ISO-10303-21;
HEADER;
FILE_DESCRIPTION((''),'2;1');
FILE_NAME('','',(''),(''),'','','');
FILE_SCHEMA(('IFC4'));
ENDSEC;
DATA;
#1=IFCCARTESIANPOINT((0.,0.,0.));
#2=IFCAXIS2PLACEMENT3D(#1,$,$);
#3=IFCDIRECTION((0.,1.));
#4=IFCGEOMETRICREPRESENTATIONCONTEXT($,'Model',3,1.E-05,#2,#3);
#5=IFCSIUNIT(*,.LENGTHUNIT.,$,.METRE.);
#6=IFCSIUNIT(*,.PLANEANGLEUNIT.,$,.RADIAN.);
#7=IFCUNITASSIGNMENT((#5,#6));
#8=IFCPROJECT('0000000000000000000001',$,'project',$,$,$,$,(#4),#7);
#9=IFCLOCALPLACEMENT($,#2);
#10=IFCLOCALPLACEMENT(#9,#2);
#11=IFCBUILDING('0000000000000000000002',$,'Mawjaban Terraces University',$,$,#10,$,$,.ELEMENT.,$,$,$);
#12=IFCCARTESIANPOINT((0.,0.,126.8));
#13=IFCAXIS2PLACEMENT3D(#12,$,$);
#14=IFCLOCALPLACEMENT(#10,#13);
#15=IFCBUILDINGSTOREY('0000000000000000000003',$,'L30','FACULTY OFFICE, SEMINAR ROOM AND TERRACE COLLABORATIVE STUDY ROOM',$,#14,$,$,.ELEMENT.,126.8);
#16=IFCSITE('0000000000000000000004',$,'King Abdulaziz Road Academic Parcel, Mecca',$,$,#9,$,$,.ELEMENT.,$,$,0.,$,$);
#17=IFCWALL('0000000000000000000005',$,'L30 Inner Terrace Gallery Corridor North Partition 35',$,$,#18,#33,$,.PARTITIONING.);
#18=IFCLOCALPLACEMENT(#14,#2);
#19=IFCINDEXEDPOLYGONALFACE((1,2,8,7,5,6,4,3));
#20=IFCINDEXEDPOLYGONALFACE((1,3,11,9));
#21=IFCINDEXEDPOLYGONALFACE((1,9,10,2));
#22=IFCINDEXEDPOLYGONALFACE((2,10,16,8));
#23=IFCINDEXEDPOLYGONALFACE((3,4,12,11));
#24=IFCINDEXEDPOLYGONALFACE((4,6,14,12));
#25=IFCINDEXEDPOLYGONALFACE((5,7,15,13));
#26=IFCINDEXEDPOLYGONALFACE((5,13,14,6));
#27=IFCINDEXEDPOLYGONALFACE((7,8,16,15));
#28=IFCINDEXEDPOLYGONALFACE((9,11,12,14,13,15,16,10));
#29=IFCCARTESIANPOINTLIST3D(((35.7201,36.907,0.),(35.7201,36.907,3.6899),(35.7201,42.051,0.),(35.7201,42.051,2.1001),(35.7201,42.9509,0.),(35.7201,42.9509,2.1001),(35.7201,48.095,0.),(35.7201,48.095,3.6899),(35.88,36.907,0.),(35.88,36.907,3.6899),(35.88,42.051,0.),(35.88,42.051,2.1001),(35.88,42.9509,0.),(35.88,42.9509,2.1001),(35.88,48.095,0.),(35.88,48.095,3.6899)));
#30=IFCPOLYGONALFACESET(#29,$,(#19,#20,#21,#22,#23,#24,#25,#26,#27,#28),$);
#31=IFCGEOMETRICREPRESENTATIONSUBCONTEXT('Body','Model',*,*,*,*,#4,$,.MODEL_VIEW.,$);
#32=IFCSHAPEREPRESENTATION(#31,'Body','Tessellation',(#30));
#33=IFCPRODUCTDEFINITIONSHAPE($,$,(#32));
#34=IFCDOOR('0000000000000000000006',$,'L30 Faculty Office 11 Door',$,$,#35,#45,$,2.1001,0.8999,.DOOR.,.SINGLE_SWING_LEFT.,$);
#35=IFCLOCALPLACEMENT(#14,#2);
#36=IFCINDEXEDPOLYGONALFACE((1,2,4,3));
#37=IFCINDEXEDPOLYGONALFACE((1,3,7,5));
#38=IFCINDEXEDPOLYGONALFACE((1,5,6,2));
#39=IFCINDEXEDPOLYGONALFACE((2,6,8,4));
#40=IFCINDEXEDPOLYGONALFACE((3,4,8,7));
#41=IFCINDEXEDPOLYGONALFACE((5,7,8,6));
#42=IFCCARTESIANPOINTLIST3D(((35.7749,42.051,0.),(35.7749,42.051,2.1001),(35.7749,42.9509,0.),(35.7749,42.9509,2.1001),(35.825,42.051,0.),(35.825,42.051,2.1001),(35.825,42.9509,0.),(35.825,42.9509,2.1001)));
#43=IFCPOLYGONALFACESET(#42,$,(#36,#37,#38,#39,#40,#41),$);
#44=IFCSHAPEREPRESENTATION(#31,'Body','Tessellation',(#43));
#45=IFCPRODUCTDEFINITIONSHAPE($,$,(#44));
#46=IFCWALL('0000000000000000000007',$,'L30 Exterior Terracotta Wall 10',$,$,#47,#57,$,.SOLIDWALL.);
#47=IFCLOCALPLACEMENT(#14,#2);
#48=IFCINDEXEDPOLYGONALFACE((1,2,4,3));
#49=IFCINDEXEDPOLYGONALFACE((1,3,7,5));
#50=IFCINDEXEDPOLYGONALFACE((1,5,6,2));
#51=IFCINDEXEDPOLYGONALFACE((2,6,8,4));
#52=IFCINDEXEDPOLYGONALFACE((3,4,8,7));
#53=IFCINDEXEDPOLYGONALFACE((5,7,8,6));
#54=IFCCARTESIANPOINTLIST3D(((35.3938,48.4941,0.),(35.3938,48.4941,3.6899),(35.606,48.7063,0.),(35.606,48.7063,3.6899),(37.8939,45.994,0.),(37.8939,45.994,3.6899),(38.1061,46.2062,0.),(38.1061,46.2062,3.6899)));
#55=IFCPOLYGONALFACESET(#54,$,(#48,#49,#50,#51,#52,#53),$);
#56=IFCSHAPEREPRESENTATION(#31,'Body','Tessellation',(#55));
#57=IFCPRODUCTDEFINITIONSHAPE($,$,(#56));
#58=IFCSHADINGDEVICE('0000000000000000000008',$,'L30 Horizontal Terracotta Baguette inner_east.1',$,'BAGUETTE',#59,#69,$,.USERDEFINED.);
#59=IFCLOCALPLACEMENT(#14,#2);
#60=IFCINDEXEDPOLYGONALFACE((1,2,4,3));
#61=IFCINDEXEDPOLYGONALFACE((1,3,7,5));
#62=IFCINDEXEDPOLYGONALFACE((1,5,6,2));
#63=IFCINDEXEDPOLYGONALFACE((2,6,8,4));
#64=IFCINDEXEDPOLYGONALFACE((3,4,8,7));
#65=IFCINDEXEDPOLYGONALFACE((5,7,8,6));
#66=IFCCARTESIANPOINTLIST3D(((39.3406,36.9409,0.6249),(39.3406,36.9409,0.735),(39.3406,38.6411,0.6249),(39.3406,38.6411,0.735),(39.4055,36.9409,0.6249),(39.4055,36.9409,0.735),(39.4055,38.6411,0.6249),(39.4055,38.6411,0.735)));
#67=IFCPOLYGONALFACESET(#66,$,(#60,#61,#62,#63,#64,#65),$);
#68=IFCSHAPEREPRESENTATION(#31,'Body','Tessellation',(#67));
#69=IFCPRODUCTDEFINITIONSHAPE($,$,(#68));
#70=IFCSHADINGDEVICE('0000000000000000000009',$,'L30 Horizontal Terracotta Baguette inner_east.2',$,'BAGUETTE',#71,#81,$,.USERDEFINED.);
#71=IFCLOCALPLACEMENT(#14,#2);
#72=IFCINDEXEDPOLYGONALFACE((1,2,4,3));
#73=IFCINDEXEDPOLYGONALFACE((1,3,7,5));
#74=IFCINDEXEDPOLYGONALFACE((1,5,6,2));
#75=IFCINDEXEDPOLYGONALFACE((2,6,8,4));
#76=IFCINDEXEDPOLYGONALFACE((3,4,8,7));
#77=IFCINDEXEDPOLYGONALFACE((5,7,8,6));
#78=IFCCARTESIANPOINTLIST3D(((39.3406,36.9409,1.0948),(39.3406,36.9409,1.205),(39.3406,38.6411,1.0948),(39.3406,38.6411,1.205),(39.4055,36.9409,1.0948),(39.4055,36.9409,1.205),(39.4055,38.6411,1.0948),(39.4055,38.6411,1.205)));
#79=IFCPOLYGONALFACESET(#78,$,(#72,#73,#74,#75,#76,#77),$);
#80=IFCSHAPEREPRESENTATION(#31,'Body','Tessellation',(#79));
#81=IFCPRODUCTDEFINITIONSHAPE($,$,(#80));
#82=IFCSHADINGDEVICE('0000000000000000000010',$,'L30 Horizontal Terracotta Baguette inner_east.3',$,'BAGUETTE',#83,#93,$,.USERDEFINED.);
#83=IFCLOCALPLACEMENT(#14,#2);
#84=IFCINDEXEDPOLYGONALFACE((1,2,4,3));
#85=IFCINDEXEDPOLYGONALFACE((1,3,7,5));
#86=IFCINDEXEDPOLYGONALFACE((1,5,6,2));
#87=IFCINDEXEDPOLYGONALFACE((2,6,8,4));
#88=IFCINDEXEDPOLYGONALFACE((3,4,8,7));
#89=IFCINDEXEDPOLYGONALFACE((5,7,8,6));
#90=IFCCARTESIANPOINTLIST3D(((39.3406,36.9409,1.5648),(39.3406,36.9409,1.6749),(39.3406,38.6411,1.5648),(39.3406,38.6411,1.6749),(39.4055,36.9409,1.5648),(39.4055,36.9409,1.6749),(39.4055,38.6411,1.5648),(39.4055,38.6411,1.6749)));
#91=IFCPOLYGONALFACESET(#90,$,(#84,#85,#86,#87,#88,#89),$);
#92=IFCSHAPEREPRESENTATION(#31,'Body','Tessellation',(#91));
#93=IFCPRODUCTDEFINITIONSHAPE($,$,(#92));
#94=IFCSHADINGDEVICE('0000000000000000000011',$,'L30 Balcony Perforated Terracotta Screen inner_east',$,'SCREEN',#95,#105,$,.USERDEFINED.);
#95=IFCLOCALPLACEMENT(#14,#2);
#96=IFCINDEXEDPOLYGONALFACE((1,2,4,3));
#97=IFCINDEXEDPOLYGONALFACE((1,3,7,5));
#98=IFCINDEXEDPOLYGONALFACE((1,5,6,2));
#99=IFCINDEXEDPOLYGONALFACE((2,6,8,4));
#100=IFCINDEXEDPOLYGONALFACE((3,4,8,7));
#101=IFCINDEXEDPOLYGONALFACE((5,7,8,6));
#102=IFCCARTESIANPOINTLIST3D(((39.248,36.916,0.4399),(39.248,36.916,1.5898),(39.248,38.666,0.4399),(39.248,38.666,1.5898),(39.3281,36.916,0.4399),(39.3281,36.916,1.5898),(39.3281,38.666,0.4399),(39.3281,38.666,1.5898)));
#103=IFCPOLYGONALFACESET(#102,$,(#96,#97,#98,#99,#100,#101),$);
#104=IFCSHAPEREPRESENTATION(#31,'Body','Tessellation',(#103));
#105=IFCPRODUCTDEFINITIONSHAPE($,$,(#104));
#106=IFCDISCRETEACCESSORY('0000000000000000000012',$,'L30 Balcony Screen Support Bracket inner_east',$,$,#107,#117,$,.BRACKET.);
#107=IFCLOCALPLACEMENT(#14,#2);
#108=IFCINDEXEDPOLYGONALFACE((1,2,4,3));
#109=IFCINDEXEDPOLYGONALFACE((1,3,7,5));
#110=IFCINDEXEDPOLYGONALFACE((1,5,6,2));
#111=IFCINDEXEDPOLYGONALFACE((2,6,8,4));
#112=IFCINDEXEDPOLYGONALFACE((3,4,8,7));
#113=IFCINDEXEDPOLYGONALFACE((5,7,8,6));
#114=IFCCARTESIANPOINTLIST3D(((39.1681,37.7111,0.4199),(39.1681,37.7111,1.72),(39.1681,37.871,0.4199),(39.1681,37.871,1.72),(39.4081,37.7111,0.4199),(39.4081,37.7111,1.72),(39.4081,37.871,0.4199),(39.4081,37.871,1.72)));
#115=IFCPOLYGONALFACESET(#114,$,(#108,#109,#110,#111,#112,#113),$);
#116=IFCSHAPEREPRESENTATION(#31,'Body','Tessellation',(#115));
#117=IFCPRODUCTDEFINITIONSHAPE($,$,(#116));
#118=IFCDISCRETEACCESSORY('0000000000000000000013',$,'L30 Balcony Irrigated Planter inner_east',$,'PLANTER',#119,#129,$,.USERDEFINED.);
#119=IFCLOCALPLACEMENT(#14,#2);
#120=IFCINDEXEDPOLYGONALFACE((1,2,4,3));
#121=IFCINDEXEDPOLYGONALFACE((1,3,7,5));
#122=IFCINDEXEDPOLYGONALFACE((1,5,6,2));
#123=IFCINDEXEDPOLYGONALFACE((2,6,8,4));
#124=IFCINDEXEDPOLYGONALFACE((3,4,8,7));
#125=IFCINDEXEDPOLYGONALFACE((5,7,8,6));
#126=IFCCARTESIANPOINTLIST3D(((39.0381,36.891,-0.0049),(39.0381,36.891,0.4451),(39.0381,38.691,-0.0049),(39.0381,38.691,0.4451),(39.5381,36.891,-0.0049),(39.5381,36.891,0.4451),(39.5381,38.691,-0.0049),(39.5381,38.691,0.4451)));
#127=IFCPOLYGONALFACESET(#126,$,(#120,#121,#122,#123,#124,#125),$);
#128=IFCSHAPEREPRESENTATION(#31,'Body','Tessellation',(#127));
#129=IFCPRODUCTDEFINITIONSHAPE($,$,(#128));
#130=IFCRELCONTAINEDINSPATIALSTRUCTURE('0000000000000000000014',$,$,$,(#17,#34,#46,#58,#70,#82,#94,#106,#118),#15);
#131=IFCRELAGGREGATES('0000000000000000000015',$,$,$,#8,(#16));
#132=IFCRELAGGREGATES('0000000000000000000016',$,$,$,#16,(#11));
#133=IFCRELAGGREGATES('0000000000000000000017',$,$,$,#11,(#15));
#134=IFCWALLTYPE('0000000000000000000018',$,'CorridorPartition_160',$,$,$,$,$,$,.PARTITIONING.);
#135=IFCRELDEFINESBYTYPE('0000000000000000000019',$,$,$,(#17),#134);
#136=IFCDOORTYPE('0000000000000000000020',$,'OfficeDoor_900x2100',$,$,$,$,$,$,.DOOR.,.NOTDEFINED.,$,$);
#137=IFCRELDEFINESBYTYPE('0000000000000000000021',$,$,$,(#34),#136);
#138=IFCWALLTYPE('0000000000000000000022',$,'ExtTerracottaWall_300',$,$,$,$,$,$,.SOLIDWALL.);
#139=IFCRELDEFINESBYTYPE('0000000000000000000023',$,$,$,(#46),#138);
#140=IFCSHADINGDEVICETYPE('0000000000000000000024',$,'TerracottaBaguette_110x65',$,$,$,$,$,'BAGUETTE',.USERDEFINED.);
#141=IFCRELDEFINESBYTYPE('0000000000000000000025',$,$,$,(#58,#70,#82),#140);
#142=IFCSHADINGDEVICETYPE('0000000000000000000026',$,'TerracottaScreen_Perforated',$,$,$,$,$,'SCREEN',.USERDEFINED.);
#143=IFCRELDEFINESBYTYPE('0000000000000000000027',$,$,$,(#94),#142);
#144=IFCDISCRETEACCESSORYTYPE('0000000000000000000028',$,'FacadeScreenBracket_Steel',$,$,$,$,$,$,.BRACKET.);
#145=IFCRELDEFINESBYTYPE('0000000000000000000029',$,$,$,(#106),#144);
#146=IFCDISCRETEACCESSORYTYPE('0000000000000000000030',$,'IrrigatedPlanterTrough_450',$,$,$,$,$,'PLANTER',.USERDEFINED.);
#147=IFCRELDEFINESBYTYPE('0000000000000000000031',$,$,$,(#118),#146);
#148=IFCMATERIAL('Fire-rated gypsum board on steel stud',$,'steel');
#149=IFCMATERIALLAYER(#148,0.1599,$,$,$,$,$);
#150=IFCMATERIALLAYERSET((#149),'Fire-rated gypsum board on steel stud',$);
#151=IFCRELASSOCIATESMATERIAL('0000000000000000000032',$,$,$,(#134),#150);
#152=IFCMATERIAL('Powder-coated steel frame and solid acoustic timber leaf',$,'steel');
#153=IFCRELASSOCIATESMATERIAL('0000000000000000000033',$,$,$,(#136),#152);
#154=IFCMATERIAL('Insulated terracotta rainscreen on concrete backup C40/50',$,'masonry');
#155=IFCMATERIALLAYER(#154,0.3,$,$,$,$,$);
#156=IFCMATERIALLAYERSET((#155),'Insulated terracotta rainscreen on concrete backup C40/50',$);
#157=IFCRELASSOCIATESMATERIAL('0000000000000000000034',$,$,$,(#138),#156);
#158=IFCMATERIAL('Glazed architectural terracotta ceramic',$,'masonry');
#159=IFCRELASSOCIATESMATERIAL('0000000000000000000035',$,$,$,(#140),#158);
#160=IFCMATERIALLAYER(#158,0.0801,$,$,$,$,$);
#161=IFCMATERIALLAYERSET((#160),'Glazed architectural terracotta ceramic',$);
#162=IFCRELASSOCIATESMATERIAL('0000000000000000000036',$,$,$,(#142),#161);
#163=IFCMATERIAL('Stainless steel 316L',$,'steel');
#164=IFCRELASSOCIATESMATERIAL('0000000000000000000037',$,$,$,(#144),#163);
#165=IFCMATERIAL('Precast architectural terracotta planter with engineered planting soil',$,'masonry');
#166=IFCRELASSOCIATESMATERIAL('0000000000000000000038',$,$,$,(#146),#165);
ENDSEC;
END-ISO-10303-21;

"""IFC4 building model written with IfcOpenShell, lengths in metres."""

from ifc_helpers import new_model, si_unit, direction, frame, frame_2d, origin, origin_2d, place, context, subcontext, project, spatial, rectangle, extrude, material, layer, layer_set, material_profile, profile_set, type_object, element, fill, save


model = new_model("IFC4")

# Units and contexts
model_context = context("Model", 3, precision=1e-05, world=origin(), true_north=direction((0.0, 1.0)))
body_context = subcontext(model_context, "Body", "Model", "MODEL_VIEW")
ifc_project = project(units=[si_unit("LENGTHUNIT", "METRE"), si_unit("PLANEANGLEUNIT", "RADIAN")], contexts=[model_context])

# Site, building, storey
site_placement = place(None, origin())
site = spatial("IfcSite", under=ifc_project, at=site_placement, Name="King Abdulaziz Road Academic Parcel, Mecca", CompositionType="ELEMENT", RefElevation=0.0)
building_placement = place(site_placement, origin())
building = spatial("IfcBuilding", under=site, at=building_placement, Name="Mawjaban Terraces University", CompositionType="ELEMENT")
storey_placement = place(building_placement, frame((0.0, 0.0, 126.8)))
storey = spatial("IfcBuildingStorey", under=building, at=storey_placement, Name="L30", Description="FACULTY OFFICE, SEMINAR ROOM AND TERRACE COLLABORATIVE STUDY ROOM", CompositionType="ELEMENT", Elevation=126.8)

# Wall, opening, door
ifc_material_1 = material(Name="Fire-rated gypsum board on steel stud", Category="steel")
ifc_layer_1 = layer(ifc_material_1, 0.1599)
ifc_layer_set_1 = layer_set([ifc_layer_1], Name="Fire-rated gypsum board on steel stud")
wall_type_1 = type_object("IfcWallType", Name="CorridorPartition_160", PredefinedType="PARTITIONING", material=ifc_layer_set_1)
wall_1_placement = place(storey_placement, frame((35.8, 48.095, 0.0), z_axis=(0.0, 0.0, 1.0), x_axis=(0.0, -1.0, 0.0)))
wall_1 = element("IfcWall", 1, at=wall_1_placement, inside=storey, type_object=wall_type_1, Name="L30 Inner Terrace Gallery Corridor North Partition 35", PredefinedType="PARTITIONING", context=body_context, shape_type="SweptSolid", body=[
    extrude(rectangle(XDim=11.188, YDim=0.1599, at=frame_2d((5.594, 0.0))), origin(), (0.0, 0.0, 1.0), 3.6899),
])
opening_placement = place(wall_1_placement, frame((5.144, 0.0, 0.0)))
opening = element("IfcOpeningElement", 2, at=opening_placement, cuts=wall_1, PredefinedType="OPENING", context=body_context, shape_type="SweptSolid", body=[
    extrude(rectangle(XDim=0.8999, YDim=2.1001, at=frame_2d((0.45, 1.05))), frame((0.0, 0.0898, 0.0), z_axis=(0.0, -1.0, 0.0), x_axis=(1.0, 0.0, 0.0)), (0.0, 0.0, 1.0), 0.1799),
])
ifc_material_2 = material(Name="Powder-coated steel frame and solid acoustic timber leaf", Category="steel")
door_type = type_object("IfcDoorType", Name="OfficeDoor_900x2100", OperationType="NOTDEFINED", PredefinedType="DOOR", material=ifc_material_2)
door_placement = place(opening_placement, origin())
door = element("IfcDoor", 3, at=door_placement, inside=storey, type_object=door_type, Name="L30 Faculty Office 11 Door", OperationType="SINGLE_SWING_LEFT", OverallHeight=2.1001, OverallWidth=0.8999, PredefinedType="DOOR", context=body_context, shape_type="SweptSolid", body=[
    extrude(rectangle(XDim=0.8999, YDim=2.1001, at=frame_2d((0.45, 1.05))), frame((0.0, 0.0249, 0.0), z_axis=(0.0, -1.0, 0.0), x_axis=(1.0, 0.0, 0.0)), (0.0, 0.0, 1.0), 0.05),
])
fill(opening, door)

# Wall
ifc_material_3 = material(Name="Insulated terracotta rainscreen on concrete backup C40/50", Category="masonry")
ifc_layer_2 = layer(ifc_material_3, 0.3)
ifc_layer_set_2 = layer_set([ifc_layer_2], Name="Insulated terracotta rainscreen on concrete backup C40/50")
wall_type_2 = type_object("IfcWallType", Name="ExtTerracottaWall_300", PredefinedType="SOLIDWALL", material=ifc_layer_set_2)
wall_2_placement = place(storey_placement, frame((38.0, 46.1001, 0.0), z_axis=(0.0, 0.0, 1.0), x_axis=(-0.707107, 0.707107, 0.0)))
element("IfcWall", 4, at=wall_2_placement, inside=storey, type_object=wall_type_2, Name="L30 Exterior Terracotta Wall 10", PredefinedType="SOLIDWALL", context=body_context, shape_type="SweptSolid", body=[
    extrude(rectangle(XDim=3.5356, YDim=0.3, at=frame_2d((1.7678, 0.0))), origin(), (0.0, 0.0, 1.0), 3.6899),
])

# Shading devices
ifc_material_4 = material(Name="Glazed architectural terracotta ceramic", Category="masonry")
ifc_material_profile_1 = material_profile(ifc_material_4, rectangle(XDim=0.0649, YDim=0.1101, at=origin_2d()), Name="TBAG110X65")
ifc_profile_set_1 = profile_set([ifc_material_profile_1], Name="Glazed architectural terracotta ceramic")
shading_device_type_1 = type_object("IfcShadingDeviceType", Name="TerracottaBaguette_110x65", ElementType="BAGUETTE", PredefinedType="USERDEFINED", material=ifc_profile_set_1)
for number, where, z_axis, x_axis, name in (
    (5, (39.373, 36.9409, 0.6799), (0.0, 1.0, 0.0), (-1.0, 0.0, 0.0), "L30 Horizontal Terracotta Baguette inner_east.1"),
    (6, (39.373, 36.9409, 1.1499), (0.0, 1.0, 0.0), (-1.0, 0.0, 0.0), "L30 Horizontal Terracotta Baguette inner_east.2"),
    (7, (39.373, 36.9409, 1.6199), (0.0, 1.0, 0.0), (-1.0, 0.0, 0.0), "L30 Horizontal Terracotta Baguette inner_east.3"),
):
    element("IfcShadingDevice", number, at=place(storey_placement, frame(where, z_axis=z_axis, x_axis=x_axis)), inside=storey, type_object=shading_device_type_1, Name=name, ObjectType="BAGUETTE", PredefinedType="USERDEFINED", context=body_context, shape_type="SweptSolid", body=[
        extrude(rectangle(XDim=0.0649, YDim=0.1101, at=origin_2d()), origin(), (0.0, 0.0, 1.0), 1.7002),
    ])
ifc_layer_3 = layer(ifc_material_4, 0.0801)
ifc_layer_set_3 = layer_set([ifc_layer_3], Name="Glazed architectural terracotta ceramic")
shading_device_type_2 = type_object("IfcShadingDeviceType", Name="TerracottaScreen_Perforated", ElementType="SCREEN", PredefinedType="USERDEFINED", material=ifc_layer_set_3)
shading_device_placement = place(storey_placement, frame((39.2881, 37.791, 0.4399), z_axis=(0.0, 0.0, 1.0), x_axis=(0.0, 1.0, 0.0)))
element("IfcShadingDevice", 8, at=shading_device_placement, inside=storey, type_object=shading_device_type_2, Name="L30 Balcony Perforated Terracotta Screen inner_east", ObjectType="SCREEN", PredefinedType="USERDEFINED", context=body_context, shape_type="SweptSolid", body=[
    extrude(rectangle(XDim=1.75, YDim=0.0801, at=origin_2d()), origin(), (0.0, 0.0, 1.0), 1.1499),
])

# Discrete accessories
ifc_material_5 = material(Name="Stainless steel 316L", Category="steel")
discrete_accessory_type_1 = type_object("IfcDiscreteAccessoryType", Name="FacadeScreenBracket_Steel", PredefinedType="BRACKET", material=ifc_material_5)
discrete_accessory_1_placement = place(storey_placement, frame((39.2881, 37.791, 0.4199), z_axis=(0.0, 0.0, 1.0), x_axis=(0.0, 1.0, 0.0)))
element("IfcDiscreteAccessory", 9, at=discrete_accessory_1_placement, inside=storey, type_object=discrete_accessory_type_1, Name="L30 Balcony Screen Support Bracket inner_east", PredefinedType="BRACKET", context=body_context, shape_type="SweptSolid", body=[
    extrude(rectangle(XDim=0.1599, YDim=0.24, at=origin_2d()), origin(), (0.0, 0.0, 1.0), 1.3),
])
ifc_material_6 = material(Name="Precast architectural terracotta planter with engineered planting soil", Category="masonry")
discrete_accessory_type_2 = type_object("IfcDiscreteAccessoryType", Name="IrrigatedPlanterTrough_450", ElementType="PLANTER", PredefinedType="USERDEFINED", material=ifc_material_6)
discrete_accessory_2_placement = place(storey_placement, frame((39.2881, 37.791, -0.0049), z_axis=(0.0, 0.0, 1.0), x_axis=(0.0, 1.0, 0.0)))
element("IfcDiscreteAccessory", 10, at=discrete_accessory_2_placement, inside=storey, type_object=discrete_accessory_type_2, Name="L30 Balcony Irrigated Planter inner_east", ObjectType="PLANTER", PredefinedType="USERDEFINED", context=body_context, shape_type="SweptSolid", body=[
    extrude(rectangle(XDim=1.8, YDim=0.5, at=origin_2d()), origin(), (0.0, 0.0, 1.0), 0.45),
])

save(model, "model.ifc")
